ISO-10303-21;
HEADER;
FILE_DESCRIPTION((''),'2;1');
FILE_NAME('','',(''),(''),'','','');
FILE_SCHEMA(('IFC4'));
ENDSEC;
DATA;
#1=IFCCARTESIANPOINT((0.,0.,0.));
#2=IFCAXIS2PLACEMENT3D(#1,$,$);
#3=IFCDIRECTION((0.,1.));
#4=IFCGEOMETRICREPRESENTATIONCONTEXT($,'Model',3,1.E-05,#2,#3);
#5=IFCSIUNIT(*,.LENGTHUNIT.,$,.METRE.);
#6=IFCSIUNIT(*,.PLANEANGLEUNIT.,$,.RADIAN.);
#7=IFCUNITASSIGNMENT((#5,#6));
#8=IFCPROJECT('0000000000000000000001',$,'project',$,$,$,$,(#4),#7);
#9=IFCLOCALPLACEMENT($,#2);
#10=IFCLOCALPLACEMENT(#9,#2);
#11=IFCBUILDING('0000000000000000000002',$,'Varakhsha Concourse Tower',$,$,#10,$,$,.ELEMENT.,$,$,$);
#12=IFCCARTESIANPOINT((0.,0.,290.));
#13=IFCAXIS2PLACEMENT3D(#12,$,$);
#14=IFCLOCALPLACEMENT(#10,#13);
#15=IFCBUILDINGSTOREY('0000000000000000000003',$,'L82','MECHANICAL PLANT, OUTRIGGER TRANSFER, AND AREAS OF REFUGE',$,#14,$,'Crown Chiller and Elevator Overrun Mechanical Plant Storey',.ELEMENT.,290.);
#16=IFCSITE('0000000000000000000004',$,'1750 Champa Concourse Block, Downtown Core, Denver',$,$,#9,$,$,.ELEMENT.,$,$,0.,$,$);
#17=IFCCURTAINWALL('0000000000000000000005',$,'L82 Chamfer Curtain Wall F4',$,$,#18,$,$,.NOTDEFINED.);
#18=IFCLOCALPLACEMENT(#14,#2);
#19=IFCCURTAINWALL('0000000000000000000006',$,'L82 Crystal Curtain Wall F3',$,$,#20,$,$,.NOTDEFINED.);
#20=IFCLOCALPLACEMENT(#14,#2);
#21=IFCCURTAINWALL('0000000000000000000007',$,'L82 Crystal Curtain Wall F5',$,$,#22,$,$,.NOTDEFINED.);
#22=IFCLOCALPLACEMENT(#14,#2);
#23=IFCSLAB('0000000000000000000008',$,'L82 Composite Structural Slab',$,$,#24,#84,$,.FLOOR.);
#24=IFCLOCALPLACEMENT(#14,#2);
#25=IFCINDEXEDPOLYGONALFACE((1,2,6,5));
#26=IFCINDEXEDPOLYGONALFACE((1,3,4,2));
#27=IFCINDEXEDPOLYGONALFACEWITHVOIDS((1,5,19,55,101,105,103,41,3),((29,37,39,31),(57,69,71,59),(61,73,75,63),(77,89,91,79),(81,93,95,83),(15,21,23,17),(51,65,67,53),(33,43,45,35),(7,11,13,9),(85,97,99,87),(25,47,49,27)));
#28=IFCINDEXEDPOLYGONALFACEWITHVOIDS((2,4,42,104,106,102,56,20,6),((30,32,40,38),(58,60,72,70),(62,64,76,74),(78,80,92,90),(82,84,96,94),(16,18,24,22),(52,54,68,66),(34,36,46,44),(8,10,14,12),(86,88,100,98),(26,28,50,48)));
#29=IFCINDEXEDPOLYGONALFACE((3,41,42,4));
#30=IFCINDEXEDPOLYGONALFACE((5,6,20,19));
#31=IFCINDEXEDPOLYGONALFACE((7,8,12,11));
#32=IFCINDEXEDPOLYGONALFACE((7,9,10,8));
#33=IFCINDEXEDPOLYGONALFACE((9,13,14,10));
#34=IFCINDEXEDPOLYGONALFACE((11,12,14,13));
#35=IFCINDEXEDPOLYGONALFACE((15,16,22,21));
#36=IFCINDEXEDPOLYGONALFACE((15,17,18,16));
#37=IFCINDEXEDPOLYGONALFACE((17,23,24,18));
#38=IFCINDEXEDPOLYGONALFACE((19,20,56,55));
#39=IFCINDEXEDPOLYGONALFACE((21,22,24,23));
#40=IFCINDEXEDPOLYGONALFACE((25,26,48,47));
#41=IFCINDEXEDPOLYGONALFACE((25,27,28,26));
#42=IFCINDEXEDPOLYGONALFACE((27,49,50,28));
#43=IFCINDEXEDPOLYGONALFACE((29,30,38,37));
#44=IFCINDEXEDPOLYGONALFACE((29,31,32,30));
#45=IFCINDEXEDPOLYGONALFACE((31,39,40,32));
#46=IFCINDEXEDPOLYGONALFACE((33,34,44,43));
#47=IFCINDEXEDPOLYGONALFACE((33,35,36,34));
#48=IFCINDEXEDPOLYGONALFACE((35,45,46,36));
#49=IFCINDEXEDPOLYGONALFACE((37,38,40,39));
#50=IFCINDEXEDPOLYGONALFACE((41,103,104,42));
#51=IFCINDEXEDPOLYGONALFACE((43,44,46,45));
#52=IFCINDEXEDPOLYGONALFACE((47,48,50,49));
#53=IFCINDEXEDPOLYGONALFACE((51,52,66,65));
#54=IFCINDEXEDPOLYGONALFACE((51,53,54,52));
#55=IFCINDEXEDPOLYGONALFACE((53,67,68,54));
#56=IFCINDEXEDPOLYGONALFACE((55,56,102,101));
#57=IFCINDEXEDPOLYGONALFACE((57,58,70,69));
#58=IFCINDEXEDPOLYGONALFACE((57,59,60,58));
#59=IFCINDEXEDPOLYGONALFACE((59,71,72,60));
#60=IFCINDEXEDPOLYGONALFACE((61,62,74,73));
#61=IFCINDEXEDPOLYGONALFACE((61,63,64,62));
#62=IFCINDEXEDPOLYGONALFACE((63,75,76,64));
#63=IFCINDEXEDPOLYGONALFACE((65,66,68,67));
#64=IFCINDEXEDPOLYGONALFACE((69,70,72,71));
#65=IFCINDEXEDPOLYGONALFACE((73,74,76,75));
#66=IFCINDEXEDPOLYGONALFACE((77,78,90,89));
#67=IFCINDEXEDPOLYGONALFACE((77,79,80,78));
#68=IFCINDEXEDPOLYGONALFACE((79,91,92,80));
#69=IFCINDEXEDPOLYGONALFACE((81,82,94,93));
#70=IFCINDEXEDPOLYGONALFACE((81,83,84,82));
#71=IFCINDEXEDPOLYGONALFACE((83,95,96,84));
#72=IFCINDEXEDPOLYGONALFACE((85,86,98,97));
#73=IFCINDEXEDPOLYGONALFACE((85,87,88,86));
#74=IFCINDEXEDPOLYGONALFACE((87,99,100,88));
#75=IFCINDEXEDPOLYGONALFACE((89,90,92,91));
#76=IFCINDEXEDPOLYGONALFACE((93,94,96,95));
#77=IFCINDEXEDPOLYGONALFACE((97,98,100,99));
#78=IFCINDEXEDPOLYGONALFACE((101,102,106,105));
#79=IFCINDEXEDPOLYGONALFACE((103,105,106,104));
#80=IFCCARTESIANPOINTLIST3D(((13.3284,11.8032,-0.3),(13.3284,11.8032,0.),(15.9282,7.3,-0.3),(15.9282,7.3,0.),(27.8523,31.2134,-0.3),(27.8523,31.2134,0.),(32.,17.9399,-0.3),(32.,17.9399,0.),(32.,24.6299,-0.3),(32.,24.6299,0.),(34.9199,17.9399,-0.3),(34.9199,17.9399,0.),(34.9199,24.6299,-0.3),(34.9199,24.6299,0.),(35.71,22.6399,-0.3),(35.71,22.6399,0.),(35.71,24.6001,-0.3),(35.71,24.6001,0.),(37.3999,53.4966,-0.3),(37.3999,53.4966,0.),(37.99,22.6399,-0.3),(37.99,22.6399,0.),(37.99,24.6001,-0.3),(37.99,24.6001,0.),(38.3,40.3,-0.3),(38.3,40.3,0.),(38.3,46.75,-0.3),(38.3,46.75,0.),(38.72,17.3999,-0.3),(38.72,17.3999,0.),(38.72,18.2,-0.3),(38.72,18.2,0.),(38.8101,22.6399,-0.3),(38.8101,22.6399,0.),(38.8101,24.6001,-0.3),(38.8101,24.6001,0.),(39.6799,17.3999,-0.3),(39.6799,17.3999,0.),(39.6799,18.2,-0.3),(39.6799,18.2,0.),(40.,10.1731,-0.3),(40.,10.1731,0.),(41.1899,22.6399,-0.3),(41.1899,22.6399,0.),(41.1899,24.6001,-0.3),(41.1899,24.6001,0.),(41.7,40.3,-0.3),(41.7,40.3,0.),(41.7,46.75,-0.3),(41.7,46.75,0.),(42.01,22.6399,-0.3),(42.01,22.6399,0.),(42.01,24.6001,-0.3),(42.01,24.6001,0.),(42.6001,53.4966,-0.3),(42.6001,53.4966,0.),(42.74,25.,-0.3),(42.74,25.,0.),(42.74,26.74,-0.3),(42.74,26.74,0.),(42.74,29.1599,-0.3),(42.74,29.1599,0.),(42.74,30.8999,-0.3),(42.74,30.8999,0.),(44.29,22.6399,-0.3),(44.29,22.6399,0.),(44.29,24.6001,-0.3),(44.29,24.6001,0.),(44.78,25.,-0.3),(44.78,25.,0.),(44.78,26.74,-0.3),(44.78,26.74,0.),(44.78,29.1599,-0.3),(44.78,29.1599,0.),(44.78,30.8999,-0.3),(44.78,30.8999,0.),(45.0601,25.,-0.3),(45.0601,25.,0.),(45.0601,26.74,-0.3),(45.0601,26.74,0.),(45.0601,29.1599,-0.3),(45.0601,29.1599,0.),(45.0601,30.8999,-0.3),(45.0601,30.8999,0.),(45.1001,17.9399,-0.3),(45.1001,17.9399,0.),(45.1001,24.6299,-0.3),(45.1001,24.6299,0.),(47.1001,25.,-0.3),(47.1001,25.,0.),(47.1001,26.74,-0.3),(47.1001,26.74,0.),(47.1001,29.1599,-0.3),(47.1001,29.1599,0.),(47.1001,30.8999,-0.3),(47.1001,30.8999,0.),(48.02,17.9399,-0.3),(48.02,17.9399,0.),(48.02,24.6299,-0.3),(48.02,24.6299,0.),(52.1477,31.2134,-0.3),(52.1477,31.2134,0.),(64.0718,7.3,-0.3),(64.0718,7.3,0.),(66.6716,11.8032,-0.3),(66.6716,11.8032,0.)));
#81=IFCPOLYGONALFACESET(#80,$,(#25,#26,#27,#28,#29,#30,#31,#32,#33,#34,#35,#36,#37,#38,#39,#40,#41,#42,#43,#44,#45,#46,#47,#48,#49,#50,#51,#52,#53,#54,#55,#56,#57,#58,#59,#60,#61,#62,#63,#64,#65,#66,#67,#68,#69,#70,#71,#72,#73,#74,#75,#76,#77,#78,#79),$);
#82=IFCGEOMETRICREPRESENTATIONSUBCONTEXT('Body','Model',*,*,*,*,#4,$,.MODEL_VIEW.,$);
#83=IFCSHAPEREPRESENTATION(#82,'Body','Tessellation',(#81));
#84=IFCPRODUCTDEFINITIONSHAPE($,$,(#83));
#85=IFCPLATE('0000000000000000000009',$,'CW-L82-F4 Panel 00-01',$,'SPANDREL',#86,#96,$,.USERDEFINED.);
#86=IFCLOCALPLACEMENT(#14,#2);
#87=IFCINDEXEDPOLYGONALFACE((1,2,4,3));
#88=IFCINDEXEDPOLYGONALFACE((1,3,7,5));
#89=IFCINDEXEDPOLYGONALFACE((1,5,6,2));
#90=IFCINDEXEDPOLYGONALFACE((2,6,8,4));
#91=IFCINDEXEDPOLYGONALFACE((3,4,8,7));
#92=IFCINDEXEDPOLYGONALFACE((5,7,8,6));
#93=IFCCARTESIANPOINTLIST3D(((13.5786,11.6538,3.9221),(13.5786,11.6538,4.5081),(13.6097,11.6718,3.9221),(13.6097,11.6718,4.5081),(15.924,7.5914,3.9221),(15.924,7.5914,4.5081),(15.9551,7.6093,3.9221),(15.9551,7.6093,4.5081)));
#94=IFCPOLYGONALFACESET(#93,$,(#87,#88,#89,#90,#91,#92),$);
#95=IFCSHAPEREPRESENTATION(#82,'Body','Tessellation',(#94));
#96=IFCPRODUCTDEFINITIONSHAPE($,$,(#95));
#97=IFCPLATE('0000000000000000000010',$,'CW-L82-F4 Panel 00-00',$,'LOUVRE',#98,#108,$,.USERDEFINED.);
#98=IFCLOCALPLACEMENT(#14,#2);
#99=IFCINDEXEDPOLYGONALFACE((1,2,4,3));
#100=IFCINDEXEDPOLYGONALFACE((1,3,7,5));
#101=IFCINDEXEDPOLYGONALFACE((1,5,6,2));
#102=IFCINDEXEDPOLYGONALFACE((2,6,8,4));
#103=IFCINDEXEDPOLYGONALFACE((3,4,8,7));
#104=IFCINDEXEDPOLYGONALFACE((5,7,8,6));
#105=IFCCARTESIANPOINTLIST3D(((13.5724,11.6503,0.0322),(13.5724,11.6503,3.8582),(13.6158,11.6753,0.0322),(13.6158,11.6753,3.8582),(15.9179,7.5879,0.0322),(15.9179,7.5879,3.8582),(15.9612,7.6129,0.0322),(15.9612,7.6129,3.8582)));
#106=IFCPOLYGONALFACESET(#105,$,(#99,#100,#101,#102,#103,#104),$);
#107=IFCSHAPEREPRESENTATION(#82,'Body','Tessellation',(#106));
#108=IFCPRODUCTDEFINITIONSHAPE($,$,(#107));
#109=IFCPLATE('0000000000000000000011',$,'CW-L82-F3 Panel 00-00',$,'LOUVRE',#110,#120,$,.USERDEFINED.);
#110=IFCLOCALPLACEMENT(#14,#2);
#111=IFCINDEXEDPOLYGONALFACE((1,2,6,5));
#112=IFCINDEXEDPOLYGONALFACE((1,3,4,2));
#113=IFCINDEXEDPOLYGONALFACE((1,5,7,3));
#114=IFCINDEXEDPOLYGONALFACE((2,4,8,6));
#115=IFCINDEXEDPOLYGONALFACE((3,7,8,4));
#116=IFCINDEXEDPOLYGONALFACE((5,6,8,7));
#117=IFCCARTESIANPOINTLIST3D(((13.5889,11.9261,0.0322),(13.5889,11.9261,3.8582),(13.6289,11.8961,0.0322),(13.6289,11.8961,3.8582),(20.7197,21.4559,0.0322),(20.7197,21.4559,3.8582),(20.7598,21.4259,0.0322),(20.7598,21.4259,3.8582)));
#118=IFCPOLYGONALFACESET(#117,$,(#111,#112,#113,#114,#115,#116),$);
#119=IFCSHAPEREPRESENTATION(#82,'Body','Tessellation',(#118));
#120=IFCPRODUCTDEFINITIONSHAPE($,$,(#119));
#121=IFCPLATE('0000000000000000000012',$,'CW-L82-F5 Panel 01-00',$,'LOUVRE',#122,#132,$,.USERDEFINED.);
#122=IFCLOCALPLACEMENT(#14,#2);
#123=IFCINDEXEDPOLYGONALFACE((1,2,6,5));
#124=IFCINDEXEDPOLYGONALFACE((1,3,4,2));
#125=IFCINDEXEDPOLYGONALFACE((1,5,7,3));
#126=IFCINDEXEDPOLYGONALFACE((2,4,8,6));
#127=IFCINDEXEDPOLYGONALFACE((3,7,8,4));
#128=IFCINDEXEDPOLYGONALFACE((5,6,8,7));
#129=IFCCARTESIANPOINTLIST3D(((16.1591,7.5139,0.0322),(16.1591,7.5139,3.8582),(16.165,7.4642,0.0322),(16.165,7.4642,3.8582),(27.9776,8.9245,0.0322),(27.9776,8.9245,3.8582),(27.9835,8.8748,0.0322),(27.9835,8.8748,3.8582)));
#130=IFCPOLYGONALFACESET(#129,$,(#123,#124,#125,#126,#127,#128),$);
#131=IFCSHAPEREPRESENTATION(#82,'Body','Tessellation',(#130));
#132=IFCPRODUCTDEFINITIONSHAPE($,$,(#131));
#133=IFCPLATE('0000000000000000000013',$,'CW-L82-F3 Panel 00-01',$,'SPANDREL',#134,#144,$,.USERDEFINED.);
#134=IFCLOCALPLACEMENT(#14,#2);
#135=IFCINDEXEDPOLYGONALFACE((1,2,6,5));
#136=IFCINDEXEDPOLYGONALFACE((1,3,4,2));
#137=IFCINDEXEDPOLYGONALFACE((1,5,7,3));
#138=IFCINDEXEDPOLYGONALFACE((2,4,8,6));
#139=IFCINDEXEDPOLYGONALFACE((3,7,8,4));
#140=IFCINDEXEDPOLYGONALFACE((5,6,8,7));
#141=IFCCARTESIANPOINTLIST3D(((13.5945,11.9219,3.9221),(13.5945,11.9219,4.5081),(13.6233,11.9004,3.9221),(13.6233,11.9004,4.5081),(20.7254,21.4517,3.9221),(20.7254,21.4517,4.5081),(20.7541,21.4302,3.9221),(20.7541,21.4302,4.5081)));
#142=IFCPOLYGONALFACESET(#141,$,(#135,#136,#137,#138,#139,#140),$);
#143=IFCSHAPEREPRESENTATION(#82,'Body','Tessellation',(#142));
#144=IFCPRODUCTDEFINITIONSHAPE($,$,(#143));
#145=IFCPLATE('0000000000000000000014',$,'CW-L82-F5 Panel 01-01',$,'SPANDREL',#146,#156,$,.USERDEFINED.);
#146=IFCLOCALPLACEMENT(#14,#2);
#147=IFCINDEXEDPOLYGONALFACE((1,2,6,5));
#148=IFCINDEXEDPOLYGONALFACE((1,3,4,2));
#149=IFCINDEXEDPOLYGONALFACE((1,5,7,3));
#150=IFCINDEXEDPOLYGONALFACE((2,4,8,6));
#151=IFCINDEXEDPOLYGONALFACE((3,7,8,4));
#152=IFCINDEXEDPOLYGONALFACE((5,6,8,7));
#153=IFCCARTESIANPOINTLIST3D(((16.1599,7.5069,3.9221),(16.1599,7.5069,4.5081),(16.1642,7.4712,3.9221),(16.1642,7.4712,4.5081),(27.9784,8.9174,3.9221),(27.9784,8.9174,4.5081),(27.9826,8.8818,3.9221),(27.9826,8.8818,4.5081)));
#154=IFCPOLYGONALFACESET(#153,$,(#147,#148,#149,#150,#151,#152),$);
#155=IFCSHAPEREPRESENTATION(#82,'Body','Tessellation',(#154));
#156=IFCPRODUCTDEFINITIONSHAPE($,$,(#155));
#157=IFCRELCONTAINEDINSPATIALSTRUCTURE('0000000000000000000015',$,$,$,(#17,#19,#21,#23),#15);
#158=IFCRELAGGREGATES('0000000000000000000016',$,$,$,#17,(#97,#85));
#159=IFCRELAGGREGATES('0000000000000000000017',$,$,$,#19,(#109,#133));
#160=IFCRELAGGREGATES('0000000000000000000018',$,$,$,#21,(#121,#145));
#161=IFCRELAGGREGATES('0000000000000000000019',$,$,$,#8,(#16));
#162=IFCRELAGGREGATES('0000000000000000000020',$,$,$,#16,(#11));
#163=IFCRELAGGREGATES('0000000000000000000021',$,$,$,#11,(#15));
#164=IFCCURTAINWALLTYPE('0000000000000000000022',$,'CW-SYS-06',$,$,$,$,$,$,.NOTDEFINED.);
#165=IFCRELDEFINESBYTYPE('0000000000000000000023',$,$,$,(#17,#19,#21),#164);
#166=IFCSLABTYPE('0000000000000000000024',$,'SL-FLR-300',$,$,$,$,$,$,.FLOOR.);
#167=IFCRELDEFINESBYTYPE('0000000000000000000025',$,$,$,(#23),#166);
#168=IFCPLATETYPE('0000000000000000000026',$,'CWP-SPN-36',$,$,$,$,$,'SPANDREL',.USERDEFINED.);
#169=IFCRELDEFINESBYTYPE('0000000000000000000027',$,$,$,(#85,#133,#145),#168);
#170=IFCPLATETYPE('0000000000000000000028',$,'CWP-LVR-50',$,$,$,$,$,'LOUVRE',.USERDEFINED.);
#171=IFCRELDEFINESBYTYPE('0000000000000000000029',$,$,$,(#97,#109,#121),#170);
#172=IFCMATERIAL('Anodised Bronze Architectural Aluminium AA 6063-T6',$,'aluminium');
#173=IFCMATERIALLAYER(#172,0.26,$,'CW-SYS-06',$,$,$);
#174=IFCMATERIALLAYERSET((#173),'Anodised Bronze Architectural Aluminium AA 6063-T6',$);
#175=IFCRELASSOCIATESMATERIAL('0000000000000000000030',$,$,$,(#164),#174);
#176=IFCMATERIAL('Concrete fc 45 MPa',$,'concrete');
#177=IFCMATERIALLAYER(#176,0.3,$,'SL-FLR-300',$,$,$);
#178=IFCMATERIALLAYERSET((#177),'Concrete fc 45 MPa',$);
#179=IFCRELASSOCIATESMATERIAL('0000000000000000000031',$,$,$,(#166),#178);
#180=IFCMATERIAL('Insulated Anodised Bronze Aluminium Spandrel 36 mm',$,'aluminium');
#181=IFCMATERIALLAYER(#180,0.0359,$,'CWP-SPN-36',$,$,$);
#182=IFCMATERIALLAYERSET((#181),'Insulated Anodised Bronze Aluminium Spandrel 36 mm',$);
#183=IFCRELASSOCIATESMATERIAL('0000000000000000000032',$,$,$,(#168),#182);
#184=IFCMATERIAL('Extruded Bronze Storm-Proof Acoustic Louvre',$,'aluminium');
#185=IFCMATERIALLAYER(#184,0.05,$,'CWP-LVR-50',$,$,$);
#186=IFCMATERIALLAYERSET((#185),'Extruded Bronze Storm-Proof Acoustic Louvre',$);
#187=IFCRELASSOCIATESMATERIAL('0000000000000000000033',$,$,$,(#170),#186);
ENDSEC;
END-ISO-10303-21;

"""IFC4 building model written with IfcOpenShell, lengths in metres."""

from ifc_helpers import new_model, si_unit, direction, frame, origin, origin_2d, place, context, subcontext, project, spatial, polyline, rectangle, outline, extrude, source, transform, mapped, material, layer, layer_set, type_object, type_shapes, element, aggregate, save


model = new_model("IFC4")

# Units and contexts
model_context = context("Model", 3, precision=1e-05, world=origin(), true_north=direction((0.0, 1.0)))
body_context = subcontext(model_context, "Body", "Model", "MODEL_VIEW")
ifc_project = project(units=[si_unit("LENGTHUNIT", "METRE"), si_unit("PLANEANGLEUNIT", "RADIAN")], contexts=[model_context])

# Site, building, storey
site_placement = place(None, origin())
site = spatial("IfcSite", under=ifc_project, at=site_placement, Name="1750 Champa Concourse Block, Downtown Core, Denver", CompositionType="ELEMENT", RefElevation=0.0)
building_placement = place(site_placement, origin())
building = spatial("IfcBuilding", under=site, at=building_placement, Name="Varakhsha Concourse Tower", CompositionType="ELEMENT")
storey_placement = place(building_placement, frame((0.0, 0.0, 290.0)))
storey = spatial("IfcBuildingStorey", under=building, at=storey_placement, Name="L82", Description="MECHANICAL PLANT, OUTRIGGER TRANSFER, AND AREAS OF REFUGE", LongName="Crown Chiller and Elevator Overrun Mechanical Plant Storey", CompositionType="ELEMENT", Elevation=290.0)

# Curtain walls
ifc_material_1 = material(Name="Anodised Bronze Architectural Aluminium AA 6063-T6", Category="aluminium")
ifc_layer_1 = layer(ifc_material_1, 0.26, Name="CW-SYS-06")
ifc_layer_set_1 = layer_set([ifc_layer_1], Name="Anodised Bronze Architectural Aluminium AA 6063-T6")
curtain_wall_type = type_object("IfcCurtainWallType", Name="CW-SYS-06", PredefinedType="NOTDEFINED", material=ifc_layer_set_1)
curtain_wall_1_placement = place(storey_placement, origin())
curtain_wall_1 = element("IfcCurtainWall", 1, at=curtain_wall_1_placement, inside=storey, type_object=curtain_wall_type, Name="L82 Chamfer Curtain Wall F4", PredefinedType="NOTDEFINED")
curtain_wall_2_placement = place(storey_placement, origin())
curtain_wall_2 = element("IfcCurtainWall", 2, at=curtain_wall_2_placement, inside=storey, type_object=curtain_wall_type, Name="L82 Crystal Curtain Wall F3", PredefinedType="NOTDEFINED")

# Curtain wall
curtain_wall_3_placement = place(storey_placement, origin())
curtain_wall_3 = element("IfcCurtainWall", 3, at=curtain_wall_3_placement, inside=storey, type_object=curtain_wall_type, Name="L82 Crystal Curtain Wall F5", PredefinedType="NOTDEFINED")

# Slab
ifc_material_2 = material(Name="Concrete fc 45 MPa", Category="concrete")
ifc_layer_2 = layer(ifc_material_2, 0.3, Name="SL-FLR-300")
ifc_layer_set_2 = layer_set([ifc_layer_2], Name="Concrete fc 45 MPa")
slab_type = type_object("IfcSlabType", Name="SL-FLR-300", PredefinedType="FLOOR", material=ifc_layer_set_2)
slab_placement = place(storey_placement, frame((0.0, 0.0, -0.3)))
element("IfcSlab", 4, at=slab_placement, inside=storey, type_object=slab_type, Name="L82 Composite Structural Slab", PredefinedType="FLOOR", context=body_context, shape_type="SweptSolid", body=[
    extrude(outline(polyline([(42.6001, 53.4966), (37.3999, 53.4966), (27.8523, 31.2134), (13.3284, 11.8032), (15.9282, 7.3), (40.0, 10.1731), (64.0718, 7.3), (66.6716, 11.8032), (52.1477, 31.2134), (42.6001, 53.4966)]), holes=[polyline([(34.9199, 17.9399), (34.9199, 24.6299), (32.0, 24.6299), (32.0, 17.9399), (34.9199, 17.9399)]), polyline([(48.02, 17.9399), (48.02, 24.6299), (45.1001, 24.6299), (45.1001, 17.9399), (48.02, 17.9399)]), polyline([(41.7, 40.3), (41.7, 46.75), (38.3, 46.75), (38.3, 40.3), (41.7, 40.3)]), polyline([(42.74, 29.1599), (44.78, 29.1599), (44.78, 30.8999), (42.74, 30.8999), (42.74, 29.1599)]), polyline([(45.0601, 29.1599), (47.1001, 29.1599), (47.1001, 30.8999), (45.0601, 30.8999), (45.0601, 29.1599)]), polyline([(42.74, 25.0), (44.78, 25.0), (44.78, 26.74), (42.74, 26.74), (42.74, 25.0)]), polyline([(45.0601, 25.0), (47.1001, 25.0), (47.1001, 26.74), (45.0601, 26.74), (45.0601, 25.0)]), polyline([(35.71, 22.6399), (37.99, 22.6399), (37.99, 24.6001), (35.71, 24.6001), (35.71, 22.6399)]), polyline([(42.01, 22.6399), (44.29, 22.6399), (44.29, 24.6001), (42.01, 24.6001), (42.01, 22.6399)]), polyline([(38.8101, 22.6399), (41.1899, 22.6399), (41.1899, 24.6001), (38.8101, 24.6001), (38.8101, 22.6399)]), polyline([(38.72, 17.3999), (39.6799, 17.3999), (39.6799, 18.2), (38.72, 18.2), (38.72, 17.3999)])]), origin(), (0.0, 0.0, 1.0), 0.3),
])

# Plates
ifc_material_3 = material(Name="Insulated Anodised Bronze Aluminium Spandrel 36 mm", Category="aluminium")
ifc_layer_3 = layer(ifc_material_3, 0.0359, Name="CWP-SPN-36")
ifc_layer_set_3 = layer_set([ifc_layer_3], Name="Insulated Anodised Bronze Aluminium Spandrel 36 mm")
plate_type_1 = type_object("IfcPlateType", Name="CWP-SPN-36", ElementType="SPANDREL", PredefinedType="USERDEFINED", material=ifc_layer_set_3)
shared_shape_1 = source(origin(), body_context, "Body", "SweptSolid", [
    extrude(rectangle(XDim=4.6909, YDim=0.0359, at=origin_2d()), origin(), (0.0, 0.0, 1.0), 0.5859),
])
plate_1_placement = place(storey_placement, frame((14.7668, 9.6316, 3.9221), z_axis=(0.0, 0.0, 1.0), x_axis=(-0.499998, 0.866026, 0.0)))
plate_1 = element("IfcPlate", 5, at=plate_1_placement, type_object=plate_type_1, Name="CW-L82-F4 Panel 00-01", ObjectType="SPANDREL", PredefinedType="USERDEFINED", context=body_context, shape_type="MappedRepresentation", body=[
    mapped(shared_shape_1, transform((0.0, 0.0, 0.0), scale=1.0)),
])
ifc_material_4 = material(Name="Extruded Bronze Storm-Proof Acoustic Louvre", Category="aluminium")
ifc_layer_4 = layer(ifc_material_4, 0.05, Name="CWP-LVR-50")
ifc_layer_set_4 = layer_set([ifc_layer_4], Name="Extruded Bronze Storm-Proof Acoustic Louvre")
plate_type_2 = type_object("IfcPlateType", Name="CWP-LVR-50", ElementType="LOUVRE", PredefinedType="USERDEFINED", material=ifc_layer_set_4)
shared_shape_2 = source(origin(), body_context, "Body", "SweptSolid", [
    extrude(rectangle(XDim=4.6909, YDim=0.05, at=origin_2d()), origin(), (0.0, 0.0, 1.0), 3.8259),
])
plate_2_placement = place(storey_placement, frame((14.7668, 9.6316, 0.0322), z_axis=(0.0, 0.0, 1.0), x_axis=(-0.499998, 0.866026, 0.0)))
plate_2 = element("IfcPlate", 6, at=plate_2_placement, type_object=plate_type_2, Name="CW-L82-F4 Panel 00-00", ObjectType="LOUVRE", PredefinedType="USERDEFINED", context=body_context, shape_type="MappedRepresentation", body=[
    mapped(shared_shape_2, transform((0.0, 0.0, 0.0), scale=1.0)),
])
aggregate(curtain_wall_1, [plate_2, plate_1])
shared_shape_3 = source(origin(), body_context, "Body", "SweptSolid", [
    extrude(rectangle(XDim=11.9023, YDim=0.05, at=origin_2d()), origin(), (0.0, 0.0, 1.0), 3.8259),
])
type_shapes(plate_type_2, [shared_shape_2, shared_shape_3])
plate_3_placement = place(storey_placement, frame((17.1743, 16.676, 0.0322), z_axis=(0.0, 0.0, 1.0), x_axis=(0.599112, 0.800666, 0.0)))
plate_3 = element("IfcPlate", 7, at=plate_3_placement, type_object=plate_type_2, Name="CW-L82-F3 Panel 00-00", ObjectType="LOUVRE", PredefinedType="USERDEFINED", context=body_context, shape_type="MappedRepresentation", body=[
    mapped(shared_shape_3, transform((0.0, 0.0, 0.0), scale=1.0)),
])
plate_4_placement = place(storey_placement, frame((22.0713, 8.1943, 0.0322), z_axis=(0.0, 0.0, 1.0), x_axis=(-0.992952, -0.118513, 0.0)))
plate_4 = element("IfcPlate", 8, at=plate_4_placement, type_object=plate_type_2, Name="CW-L82-F5 Panel 01-00", ObjectType="LOUVRE", PredefinedType="USERDEFINED", context=body_context, shape_type="MappedRepresentation", body=[
    mapped(shared_shape_3, transform((0.0, 0.0, 0.0), scale=1.0)),
])
shared_shape_4 = source(origin(), body_context, "Body", "SweptSolid", [
    extrude(rectangle(XDim=11.9023, YDim=0.0359, at=origin_2d()), origin(), (0.0, 0.0, 1.0), 0.5859),
])
type_shapes(plate_type_1, [shared_shape_1, shared_shape_4])
plate_5_placement = place(storey_placement, frame((17.1743, 16.676, 3.9221), z_axis=(0.0, 0.0, 1.0), x_axis=(0.599112, 0.800666, 0.0)))
plate_5 = element("IfcPlate", 9, at=plate_5_placement, type_object=plate_type_1, Name="CW-L82-F3 Panel 00-01", ObjectType="SPANDREL", PredefinedType="USERDEFINED", context=body_context, shape_type="MappedRepresentation", body=[
    mapped(shared_shape_4, transform((0.0, 0.0, 0.0), scale=1.0)),
])
aggregate(curtain_wall_2, [plate_3, plate_5])
plate_6_placement = place(storey_placement, frame((22.0713, 8.1943, 3.9221), z_axis=(0.0, 0.0, 1.0), x_axis=(-0.992952, -0.118513, 0.0)))
plate_6 = element("IfcPlate", 10, at=plate_6_placement, type_object=plate_type_1, Name="CW-L82-F5 Panel 01-01", ObjectType="SPANDREL", PredefinedType="USERDEFINED", context=body_context, shape_type="MappedRepresentation", body=[
    mapped(shared_shape_4, transform((0.0, 0.0, 0.0), scale=1.0)),
])
aggregate(curtain_wall_3, [plate_4, plate_6])

save(model, "model.ifc")
